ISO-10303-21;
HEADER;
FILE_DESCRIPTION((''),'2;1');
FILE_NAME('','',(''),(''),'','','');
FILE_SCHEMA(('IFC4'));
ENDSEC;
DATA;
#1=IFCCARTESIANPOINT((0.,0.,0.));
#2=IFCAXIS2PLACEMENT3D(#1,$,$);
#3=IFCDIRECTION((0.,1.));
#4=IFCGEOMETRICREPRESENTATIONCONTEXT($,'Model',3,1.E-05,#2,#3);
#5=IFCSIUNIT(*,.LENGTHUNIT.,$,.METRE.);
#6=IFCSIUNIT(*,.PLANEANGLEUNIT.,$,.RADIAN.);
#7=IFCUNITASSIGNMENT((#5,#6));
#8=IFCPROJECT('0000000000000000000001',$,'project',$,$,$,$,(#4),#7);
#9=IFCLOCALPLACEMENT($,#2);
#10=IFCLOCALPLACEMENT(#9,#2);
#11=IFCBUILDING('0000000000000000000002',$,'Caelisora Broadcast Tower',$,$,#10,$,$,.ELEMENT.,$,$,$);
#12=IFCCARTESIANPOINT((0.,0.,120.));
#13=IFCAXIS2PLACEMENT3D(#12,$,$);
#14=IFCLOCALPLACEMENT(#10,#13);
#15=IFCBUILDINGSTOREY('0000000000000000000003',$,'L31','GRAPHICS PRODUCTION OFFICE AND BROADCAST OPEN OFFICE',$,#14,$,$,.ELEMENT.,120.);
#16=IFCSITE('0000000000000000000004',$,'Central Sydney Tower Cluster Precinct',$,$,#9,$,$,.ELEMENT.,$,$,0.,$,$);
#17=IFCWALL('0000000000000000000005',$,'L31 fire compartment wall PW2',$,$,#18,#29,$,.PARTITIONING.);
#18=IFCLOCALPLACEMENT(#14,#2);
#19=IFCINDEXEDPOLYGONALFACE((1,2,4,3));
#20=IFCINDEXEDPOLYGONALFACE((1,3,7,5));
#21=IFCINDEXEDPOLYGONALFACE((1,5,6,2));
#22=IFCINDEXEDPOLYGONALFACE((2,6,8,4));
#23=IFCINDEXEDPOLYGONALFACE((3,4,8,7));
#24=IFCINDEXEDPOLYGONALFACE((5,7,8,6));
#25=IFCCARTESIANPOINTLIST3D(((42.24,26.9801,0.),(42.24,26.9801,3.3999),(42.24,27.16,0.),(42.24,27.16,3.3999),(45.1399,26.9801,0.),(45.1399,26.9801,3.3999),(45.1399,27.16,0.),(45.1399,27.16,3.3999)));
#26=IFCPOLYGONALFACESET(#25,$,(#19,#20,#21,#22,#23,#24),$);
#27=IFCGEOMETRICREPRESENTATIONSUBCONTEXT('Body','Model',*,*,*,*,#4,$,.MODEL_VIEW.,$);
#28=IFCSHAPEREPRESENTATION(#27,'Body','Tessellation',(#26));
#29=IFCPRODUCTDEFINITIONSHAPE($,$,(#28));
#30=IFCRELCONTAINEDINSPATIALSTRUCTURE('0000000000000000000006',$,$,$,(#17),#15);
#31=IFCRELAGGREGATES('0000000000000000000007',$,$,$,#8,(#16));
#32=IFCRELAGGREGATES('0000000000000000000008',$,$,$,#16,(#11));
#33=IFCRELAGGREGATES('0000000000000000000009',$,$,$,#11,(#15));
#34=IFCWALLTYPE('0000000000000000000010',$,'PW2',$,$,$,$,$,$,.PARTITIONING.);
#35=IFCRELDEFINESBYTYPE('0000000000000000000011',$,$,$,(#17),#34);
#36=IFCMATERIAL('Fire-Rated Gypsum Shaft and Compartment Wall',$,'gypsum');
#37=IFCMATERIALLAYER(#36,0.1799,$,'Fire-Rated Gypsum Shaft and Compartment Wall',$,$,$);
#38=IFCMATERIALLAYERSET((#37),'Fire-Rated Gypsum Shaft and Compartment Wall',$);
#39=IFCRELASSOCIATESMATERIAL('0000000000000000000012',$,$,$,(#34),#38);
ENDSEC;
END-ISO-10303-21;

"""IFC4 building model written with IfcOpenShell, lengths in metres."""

from ifc_helpers import new_model, si_unit, direction, frame, frame_2d, origin, place, context, subcontext, project, spatial, rectangle, extrude, material, layer, layer_set, type_object, element, save


model = new_model("IFC4")

# Units and contexts
model_context = context("Model", 3, precision=1e-05, world=origin(), true_north=direction((0.0, 1.0)))
body_context = subcontext(model_context, "Body", "Model", "MODEL_VIEW")
ifc_project = project(units=[si_unit("LENGTHUNIT", "METRE"), si_unit("PLANEANGLEUNIT", "RADIAN")], contexts=[model_context])

# Site, building, storey
site_placement = place(None, origin())
site = spatial("IfcSite", under=ifc_project, at=site_placement, Name="Central Sydney Tower Cluster Precinct", CompositionType="ELEMENT", RefElevation=0.0)
building_placement = place(site_placement, origin())
building = spatial("IfcBuilding", under=site, at=building_placement, Name="Caelisora Broadcast Tower", CompositionType="ELEMENT")
storey_placement = place(building_placement, frame((0.0, 0.0, 120.0)))
storey = spatial("IfcBuildingStorey", under=building, at=storey_placement, Name="L31", Description="GRAPHICS PRODUCTION OFFICE AND BROADCAST OPEN OFFICE", CompositionType="ELEMENT", Elevation=120.0)

# Shared definitions
ifc_material_1 = material(Name="Fire-Rated Gypsum Shaft and Compartment Wall", Category="gypsum")
ifc_layer_1 = layer(ifc_material_1, 0.1799, Name="Fire-Rated Gypsum Shaft and Compartment Wall")
ifc_layer_set_1 = layer_set([ifc_layer_1], Name="Fire-Rated Gypsum Shaft and Compartment Wall")
wall_type_1 = type_object("IfcWallType", Name="PW2", PredefinedType="PARTITIONING", material=ifc_layer_set_1)

# Wall
wall_1_placement = place(storey_placement, frame((42.24, 27.0701, 0.0), z_axis=(0.0, 0.0, 1.0), x_axis=(1.0, 0.0, 0.0)))
element("IfcWall", 1, at=wall_1_placement, inside=storey, type_object=wall_type_1, Name="L31 fire compartment wall PW2", PredefinedType="PARTITIONING", context=body_context, shape_type="SweptSolid", body=[
    extrude(rectangle(XDim=2.8999, YDim=0.1799, at=frame_2d((1.45, 0.0))), origin(), (0.0, 0.0, 1.0), 3.3999),
])

save(model, "model.ifc")
